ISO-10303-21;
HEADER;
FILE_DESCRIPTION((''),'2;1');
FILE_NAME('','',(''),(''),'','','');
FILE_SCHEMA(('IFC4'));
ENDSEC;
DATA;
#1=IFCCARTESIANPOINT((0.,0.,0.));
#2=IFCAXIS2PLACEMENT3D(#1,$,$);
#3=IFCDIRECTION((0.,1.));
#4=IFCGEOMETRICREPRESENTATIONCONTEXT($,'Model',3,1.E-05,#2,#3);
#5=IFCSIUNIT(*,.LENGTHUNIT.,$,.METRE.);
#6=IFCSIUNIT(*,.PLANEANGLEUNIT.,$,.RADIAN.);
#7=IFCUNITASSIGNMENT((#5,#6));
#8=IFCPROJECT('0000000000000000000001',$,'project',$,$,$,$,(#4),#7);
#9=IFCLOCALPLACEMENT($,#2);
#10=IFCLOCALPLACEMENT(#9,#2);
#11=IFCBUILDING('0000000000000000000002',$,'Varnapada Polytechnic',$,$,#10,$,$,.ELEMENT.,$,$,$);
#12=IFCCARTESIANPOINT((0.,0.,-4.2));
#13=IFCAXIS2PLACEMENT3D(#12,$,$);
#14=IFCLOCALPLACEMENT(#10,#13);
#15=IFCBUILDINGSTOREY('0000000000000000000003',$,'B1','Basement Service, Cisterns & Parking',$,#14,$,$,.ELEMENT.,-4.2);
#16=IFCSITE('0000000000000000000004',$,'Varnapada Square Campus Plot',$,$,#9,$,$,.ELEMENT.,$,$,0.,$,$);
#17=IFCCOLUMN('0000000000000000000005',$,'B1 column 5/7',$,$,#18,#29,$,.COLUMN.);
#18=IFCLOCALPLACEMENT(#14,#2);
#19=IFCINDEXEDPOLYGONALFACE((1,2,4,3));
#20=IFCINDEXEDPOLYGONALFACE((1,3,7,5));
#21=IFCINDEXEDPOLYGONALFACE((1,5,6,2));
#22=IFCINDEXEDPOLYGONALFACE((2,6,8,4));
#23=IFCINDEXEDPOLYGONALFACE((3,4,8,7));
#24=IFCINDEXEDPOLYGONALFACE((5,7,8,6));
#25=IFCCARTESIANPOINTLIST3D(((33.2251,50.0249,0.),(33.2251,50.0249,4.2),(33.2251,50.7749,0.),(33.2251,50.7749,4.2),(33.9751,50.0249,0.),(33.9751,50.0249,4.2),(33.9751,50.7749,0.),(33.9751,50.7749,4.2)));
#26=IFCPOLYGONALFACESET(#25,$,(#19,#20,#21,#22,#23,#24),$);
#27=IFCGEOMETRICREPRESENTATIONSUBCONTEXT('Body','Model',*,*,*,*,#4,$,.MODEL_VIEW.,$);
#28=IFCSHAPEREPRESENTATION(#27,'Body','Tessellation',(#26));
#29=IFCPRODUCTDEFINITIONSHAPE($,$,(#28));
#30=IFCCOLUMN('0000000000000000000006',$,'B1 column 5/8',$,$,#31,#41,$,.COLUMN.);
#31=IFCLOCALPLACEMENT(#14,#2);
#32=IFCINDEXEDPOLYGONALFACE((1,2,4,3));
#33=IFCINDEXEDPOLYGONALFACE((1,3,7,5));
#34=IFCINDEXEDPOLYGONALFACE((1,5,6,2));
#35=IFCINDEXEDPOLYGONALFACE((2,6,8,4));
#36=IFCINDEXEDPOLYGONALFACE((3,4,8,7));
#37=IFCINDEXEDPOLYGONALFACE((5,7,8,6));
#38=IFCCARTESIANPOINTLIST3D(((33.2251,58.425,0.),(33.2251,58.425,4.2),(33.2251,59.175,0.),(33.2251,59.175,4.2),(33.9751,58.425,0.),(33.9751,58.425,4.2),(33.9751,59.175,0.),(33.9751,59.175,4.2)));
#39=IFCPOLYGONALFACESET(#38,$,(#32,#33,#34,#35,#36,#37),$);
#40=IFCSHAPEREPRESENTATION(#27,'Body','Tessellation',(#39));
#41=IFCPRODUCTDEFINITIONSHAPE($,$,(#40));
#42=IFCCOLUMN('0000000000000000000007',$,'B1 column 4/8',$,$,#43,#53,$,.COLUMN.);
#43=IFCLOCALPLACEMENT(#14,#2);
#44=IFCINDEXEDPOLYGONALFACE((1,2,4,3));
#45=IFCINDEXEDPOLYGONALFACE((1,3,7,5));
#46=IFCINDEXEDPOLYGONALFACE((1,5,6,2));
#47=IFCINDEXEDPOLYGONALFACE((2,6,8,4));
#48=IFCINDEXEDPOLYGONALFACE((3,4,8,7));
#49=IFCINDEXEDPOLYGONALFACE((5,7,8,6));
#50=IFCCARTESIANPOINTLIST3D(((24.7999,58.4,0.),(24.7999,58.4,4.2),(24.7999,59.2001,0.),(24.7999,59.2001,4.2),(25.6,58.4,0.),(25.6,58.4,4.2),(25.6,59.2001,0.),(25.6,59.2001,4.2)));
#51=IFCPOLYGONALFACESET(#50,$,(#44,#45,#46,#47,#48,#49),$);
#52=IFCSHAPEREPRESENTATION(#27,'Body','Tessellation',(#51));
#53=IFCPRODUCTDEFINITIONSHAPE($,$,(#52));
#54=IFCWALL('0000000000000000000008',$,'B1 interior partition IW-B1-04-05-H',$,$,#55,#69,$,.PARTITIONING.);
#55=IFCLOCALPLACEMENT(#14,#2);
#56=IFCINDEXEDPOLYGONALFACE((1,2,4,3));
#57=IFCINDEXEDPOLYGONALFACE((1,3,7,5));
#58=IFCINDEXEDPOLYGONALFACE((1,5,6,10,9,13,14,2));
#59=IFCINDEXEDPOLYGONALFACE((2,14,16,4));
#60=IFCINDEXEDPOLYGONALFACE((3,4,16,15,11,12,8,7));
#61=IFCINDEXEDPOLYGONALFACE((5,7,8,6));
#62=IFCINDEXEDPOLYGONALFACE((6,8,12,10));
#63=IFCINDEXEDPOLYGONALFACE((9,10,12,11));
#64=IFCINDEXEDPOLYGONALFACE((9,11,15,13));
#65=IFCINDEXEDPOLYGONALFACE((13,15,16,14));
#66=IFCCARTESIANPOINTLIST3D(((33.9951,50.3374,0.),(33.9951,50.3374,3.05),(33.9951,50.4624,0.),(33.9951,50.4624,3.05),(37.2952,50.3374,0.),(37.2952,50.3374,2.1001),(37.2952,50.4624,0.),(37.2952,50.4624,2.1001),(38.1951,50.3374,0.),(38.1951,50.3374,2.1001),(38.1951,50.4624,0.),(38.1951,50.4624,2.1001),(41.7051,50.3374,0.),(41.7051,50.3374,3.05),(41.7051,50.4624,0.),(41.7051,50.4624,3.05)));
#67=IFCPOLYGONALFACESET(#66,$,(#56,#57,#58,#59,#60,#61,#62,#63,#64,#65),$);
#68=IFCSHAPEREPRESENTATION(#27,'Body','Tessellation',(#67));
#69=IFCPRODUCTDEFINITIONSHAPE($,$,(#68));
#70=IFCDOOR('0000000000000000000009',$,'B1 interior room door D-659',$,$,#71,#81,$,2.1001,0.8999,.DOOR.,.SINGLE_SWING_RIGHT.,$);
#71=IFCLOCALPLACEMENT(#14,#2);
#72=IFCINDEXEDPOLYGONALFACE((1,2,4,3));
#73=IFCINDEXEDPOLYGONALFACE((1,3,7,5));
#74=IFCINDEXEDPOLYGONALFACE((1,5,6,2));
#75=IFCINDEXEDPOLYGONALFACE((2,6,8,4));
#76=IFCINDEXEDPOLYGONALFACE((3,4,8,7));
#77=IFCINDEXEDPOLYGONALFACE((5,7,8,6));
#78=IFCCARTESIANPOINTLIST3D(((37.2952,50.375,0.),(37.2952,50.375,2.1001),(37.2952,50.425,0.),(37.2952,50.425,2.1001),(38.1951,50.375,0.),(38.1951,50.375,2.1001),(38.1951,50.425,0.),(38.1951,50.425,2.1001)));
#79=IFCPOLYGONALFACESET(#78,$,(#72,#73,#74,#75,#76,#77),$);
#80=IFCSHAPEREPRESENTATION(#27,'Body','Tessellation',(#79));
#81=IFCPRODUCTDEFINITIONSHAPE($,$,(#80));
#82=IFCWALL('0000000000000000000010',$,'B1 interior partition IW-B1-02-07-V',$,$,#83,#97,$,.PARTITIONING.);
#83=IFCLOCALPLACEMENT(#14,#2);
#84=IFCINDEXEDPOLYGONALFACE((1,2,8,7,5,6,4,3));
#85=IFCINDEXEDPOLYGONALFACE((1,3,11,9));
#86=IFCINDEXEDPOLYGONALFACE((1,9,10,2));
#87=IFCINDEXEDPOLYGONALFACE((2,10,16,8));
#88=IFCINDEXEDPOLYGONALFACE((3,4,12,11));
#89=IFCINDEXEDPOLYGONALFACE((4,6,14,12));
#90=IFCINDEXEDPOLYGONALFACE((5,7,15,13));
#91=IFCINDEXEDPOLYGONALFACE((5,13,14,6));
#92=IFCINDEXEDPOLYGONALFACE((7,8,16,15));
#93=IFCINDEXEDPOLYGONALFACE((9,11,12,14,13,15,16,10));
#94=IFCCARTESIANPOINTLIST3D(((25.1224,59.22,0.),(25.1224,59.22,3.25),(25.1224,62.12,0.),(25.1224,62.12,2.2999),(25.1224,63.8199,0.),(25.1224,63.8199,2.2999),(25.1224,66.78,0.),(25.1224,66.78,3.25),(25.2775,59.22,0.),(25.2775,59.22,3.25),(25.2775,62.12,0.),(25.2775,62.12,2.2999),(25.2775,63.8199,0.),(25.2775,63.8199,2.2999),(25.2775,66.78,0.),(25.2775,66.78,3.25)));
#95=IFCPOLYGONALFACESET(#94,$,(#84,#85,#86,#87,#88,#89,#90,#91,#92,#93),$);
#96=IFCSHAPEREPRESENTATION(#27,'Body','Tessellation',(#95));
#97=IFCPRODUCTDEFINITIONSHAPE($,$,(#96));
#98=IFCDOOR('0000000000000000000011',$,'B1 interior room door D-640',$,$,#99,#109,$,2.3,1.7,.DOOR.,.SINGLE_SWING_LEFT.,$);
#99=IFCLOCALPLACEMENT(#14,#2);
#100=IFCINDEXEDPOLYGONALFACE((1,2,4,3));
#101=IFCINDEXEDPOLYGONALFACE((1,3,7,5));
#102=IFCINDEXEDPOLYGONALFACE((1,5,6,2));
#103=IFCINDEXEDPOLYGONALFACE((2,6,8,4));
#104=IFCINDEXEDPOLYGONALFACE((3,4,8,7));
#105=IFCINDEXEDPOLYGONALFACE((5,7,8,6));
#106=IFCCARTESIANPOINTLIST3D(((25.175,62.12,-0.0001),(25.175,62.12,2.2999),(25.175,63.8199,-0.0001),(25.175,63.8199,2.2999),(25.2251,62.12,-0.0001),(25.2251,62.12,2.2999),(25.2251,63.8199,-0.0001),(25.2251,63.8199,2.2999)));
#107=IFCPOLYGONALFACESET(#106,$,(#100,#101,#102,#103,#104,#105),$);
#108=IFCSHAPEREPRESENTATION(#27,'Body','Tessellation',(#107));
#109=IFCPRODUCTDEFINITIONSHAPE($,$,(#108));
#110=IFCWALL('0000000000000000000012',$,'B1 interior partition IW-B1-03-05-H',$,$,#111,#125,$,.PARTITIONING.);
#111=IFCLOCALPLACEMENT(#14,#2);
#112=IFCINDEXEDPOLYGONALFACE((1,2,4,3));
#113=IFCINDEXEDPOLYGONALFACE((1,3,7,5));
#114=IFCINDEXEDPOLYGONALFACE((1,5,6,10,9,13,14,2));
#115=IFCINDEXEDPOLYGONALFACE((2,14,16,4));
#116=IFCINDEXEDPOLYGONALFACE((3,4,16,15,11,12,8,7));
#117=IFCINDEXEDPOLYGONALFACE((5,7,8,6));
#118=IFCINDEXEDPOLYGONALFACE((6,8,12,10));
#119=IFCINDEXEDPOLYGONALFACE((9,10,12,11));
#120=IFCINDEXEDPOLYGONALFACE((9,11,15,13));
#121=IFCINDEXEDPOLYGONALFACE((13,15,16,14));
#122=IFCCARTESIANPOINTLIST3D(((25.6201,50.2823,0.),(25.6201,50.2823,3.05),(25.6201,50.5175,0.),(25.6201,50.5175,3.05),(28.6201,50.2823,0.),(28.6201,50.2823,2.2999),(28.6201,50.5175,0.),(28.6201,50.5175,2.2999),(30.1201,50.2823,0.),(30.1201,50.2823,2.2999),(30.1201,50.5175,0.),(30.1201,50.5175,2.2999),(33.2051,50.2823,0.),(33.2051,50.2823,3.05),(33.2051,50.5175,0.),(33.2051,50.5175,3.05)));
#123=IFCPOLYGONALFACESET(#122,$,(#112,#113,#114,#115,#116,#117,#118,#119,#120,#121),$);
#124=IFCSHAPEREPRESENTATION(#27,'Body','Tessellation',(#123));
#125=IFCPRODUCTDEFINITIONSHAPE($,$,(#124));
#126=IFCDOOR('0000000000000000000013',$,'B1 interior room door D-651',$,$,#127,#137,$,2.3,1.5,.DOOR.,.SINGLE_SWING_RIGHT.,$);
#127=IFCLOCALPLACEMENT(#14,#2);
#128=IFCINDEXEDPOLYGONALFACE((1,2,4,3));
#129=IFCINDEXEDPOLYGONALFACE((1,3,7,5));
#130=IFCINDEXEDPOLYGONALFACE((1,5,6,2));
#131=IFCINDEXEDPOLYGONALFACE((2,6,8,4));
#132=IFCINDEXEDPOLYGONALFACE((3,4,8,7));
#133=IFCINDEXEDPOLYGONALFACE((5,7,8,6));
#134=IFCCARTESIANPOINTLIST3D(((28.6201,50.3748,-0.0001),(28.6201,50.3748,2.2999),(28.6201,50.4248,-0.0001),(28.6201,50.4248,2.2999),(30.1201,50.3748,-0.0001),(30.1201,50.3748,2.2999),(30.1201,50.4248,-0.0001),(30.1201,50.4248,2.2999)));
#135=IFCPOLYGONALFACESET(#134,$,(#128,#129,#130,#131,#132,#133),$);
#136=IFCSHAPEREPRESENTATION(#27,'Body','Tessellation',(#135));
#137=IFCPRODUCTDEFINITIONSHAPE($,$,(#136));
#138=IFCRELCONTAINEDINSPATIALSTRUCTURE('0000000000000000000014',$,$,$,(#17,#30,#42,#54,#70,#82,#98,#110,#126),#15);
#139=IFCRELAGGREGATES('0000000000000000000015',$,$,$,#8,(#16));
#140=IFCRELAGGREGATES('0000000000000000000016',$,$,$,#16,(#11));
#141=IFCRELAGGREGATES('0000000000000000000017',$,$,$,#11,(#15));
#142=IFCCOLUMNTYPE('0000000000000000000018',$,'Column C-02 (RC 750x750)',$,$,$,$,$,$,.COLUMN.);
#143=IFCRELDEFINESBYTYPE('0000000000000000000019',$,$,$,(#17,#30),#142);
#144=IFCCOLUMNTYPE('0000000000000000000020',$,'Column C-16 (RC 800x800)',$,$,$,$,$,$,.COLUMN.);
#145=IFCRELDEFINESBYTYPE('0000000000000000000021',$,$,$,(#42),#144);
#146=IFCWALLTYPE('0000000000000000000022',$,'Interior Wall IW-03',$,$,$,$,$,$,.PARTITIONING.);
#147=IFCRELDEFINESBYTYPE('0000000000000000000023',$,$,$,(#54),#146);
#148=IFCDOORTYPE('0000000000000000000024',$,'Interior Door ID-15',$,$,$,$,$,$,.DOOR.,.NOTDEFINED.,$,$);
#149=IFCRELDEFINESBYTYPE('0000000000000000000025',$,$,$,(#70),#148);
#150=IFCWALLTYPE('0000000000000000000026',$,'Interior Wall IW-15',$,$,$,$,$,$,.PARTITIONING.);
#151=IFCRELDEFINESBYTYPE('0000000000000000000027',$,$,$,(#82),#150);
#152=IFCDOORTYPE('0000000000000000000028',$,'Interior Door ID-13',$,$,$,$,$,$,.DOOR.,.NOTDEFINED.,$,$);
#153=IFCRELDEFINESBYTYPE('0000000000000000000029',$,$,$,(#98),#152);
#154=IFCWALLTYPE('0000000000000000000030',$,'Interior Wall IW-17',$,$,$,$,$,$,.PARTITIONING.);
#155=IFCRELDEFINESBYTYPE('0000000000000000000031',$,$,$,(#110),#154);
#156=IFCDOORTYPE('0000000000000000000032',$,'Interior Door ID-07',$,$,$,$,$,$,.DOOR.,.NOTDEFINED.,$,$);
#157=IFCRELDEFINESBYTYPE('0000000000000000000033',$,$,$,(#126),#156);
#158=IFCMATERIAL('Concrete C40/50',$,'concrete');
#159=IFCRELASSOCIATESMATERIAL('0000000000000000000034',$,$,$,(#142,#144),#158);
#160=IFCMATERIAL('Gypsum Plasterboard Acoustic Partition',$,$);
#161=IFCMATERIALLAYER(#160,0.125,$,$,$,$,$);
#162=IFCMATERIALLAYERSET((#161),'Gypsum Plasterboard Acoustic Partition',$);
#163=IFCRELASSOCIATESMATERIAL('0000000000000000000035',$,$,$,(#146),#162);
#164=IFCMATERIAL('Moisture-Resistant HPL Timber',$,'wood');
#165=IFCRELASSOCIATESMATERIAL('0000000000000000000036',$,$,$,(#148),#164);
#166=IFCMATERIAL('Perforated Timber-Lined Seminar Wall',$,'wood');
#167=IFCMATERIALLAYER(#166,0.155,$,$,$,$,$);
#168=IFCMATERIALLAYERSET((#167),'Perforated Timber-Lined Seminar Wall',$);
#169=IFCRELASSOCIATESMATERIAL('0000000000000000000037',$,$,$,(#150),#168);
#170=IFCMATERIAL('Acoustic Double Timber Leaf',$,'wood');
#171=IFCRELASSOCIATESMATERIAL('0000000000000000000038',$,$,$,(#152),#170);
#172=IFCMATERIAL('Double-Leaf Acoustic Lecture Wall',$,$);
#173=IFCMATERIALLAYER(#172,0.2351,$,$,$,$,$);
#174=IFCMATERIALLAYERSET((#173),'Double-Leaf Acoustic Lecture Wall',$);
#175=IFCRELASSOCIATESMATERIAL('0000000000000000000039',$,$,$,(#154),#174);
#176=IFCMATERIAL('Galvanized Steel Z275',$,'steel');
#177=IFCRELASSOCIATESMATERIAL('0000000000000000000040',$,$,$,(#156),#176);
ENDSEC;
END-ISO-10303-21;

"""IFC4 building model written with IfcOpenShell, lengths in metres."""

from ifc_helpers import new_model, si_unit, direction, frame, frame_2d, origin, origin_2d, place, context, subcontext, project, spatial, rectangle, extrude, material, layer, layer_set, material_profile, profile_set, type_object, element, fill, save


model = new_model("IFC4")

# Units and contexts
model_context = context("Model", 3, precision=1e-05, world=origin(), true_north=direction((0.0, 1.0)))
body_context = subcontext(model_context, "Body", "Model", "MODEL_VIEW")
ifc_project = project(units=[si_unit("LENGTHUNIT", "METRE"), si_unit("PLANEANGLEUNIT", "RADIAN")], contexts=[model_context])

# Site, building, storey
site_placement = place(None, origin())
site = spatial("IfcSite", under=ifc_project, at=site_placement, Name="Varnapada Square Campus Plot", CompositionType="ELEMENT", RefElevation=0.0)
building_placement = place(site_placement, origin())
building = spatial("IfcBuilding", under=site, at=building_placement, Name="Varnapada Polytechnic", CompositionType="ELEMENT")
storey_placement = place(building_placement, frame((0.0, 0.0, -4.2)))
storey = spatial("IfcBuildingStorey", under=building, at=storey_placement, Name="B1", Description="Basement Service, Cisterns & Parking", CompositionType="ELEMENT", Elevation=-4.2)

# Shared definitions
ifc_material_1 = material(Name="Concrete C40/50", Category="concrete")

# Columns
ifc_material_profile_1 = material_profile(ifc_material_1, rectangle(XDim=0.75, YDim=0.75, at=origin_2d()), Name="RC 750x750")
ifc_profile_set_1 = profile_set([ifc_material_profile_1], Name="Concrete C40/50")
column_type_1 = type_object("IfcColumnType", Name="Column C-02 (RC 750x750)", PredefinedType="COLUMN", material=ifc_profile_set_1)
for number, where, z_axis, x_axis, name in (
    (1, (33.6001, 50.3999, 0.0), (0.0, 0.0, 1.0), (1.0, 0.0, 0.0), "B1 column 5/7"),
    (2, (33.6001, 58.8, 0.0), (0.0, 0.0, 1.0), (1.0, 0.0, 0.0), "B1 column 5/8"),
):
    element("IfcColumn", number, at=place(storey_placement, frame(where, z_axis=z_axis, x_axis=x_axis)), inside=storey, type_object=column_type_1, Name=name, PredefinedType="COLUMN", context=body_context, shape_type="SweptSolid", body=[
        extrude(rectangle(XDim=0.75, YDim=0.75, at=origin_2d()), origin(), (0.0, 0.0, 1.0), 4.2),
    ])
ifc_material_profile_2 = material_profile(ifc_material_1, rectangle(XDim=0.8, YDim=0.8, at=origin_2d()), Name="RC 800x800")
ifc_profile_set_2 = profile_set([ifc_material_profile_2], Name="Concrete C40/50")
column_type_2 = type_object("IfcColumnType", Name="Column C-16 (RC 800x800)", PredefinedType="COLUMN", material=ifc_profile_set_2)
column_placement = place(storey_placement, frame((25.2, 58.8, 0.0), z_axis=(0.0, 0.0, 1.0), x_axis=(1.0, 0.0, 0.0)))
element("IfcColumn", 3, at=column_placement, inside=storey, type_object=column_type_2, Name="B1 column 4/8", PredefinedType="COLUMN", context=body_context, shape_type="SweptSolid", body=[
    extrude(rectangle(XDim=0.8, YDim=0.8, at=origin_2d()), origin(), (0.0, 0.0, 1.0), 4.2),
])

# Walls, openings, doors
ifc_material_2 = material(Name="Gypsum Plasterboard Acoustic Partition")
ifc_layer_1 = layer(ifc_material_2, 0.125)
ifc_layer_set_1 = layer_set([ifc_layer_1], Name="Gypsum Plasterboard Acoustic Partition")
wall_type_1 = type_object("IfcWallType", Name="Interior Wall IW-03", PredefinedType="PARTITIONING", material=ifc_layer_set_1)
wall_1_placement = place(storey_placement, frame((33.9951, 50.3999, 0.0), z_axis=(0.0, 0.0, 1.0), x_axis=(1.0, 0.0, 0.0)))
wall_1 = element("IfcWall", 4, at=wall_1_placement, inside=storey, type_object=wall_type_1, Name="B1 interior partition IW-B1-04-05-H", PredefinedType="PARTITIONING", context=body_context, shape_type="SweptSolid", body=[
    extrude(rectangle(XDim=7.71, YDim=0.125, at=frame_2d((3.855, 0.0))), origin(), (0.0, 0.0, 1.0), 3.05),
])
opening_1_placement = place(wall_1_placement, frame((3.3, 0.0, 0.0)))
opening_1 = element("IfcOpeningElement", 5, at=opening_1_placement, cuts=wall_1, PredefinedType="OPENING", context=body_context, shape_type="SweptSolid", body=[
    extrude(rectangle(XDim=0.8999, YDim=2.1001, at=frame_2d((0.45, 1.05))), frame((0.0, 0.0725, 0.0), z_axis=(0.0, -1.0, 0.0), x_axis=(1.0, 0.0, 0.0)), (0.0, 0.0, 1.0), 0.145),
])
ifc_material_3 = material(Name="Moisture-Resistant HPL Timber", Category="wood")
door_type_1 = type_object("IfcDoorType", Name="Interior Door ID-15", OperationType="NOTDEFINED", PredefinedType="DOOR", material=ifc_material_3)
door_1_placement = place(opening_1_placement, frame((0.8999, 0.0, 0.0), z_axis=(0.0, 0.0, 1.0), x_axis=(-1.0, 0.0, 0.0)))
door_1 = element("IfcDoor", 6, at=door_1_placement, inside=storey, type_object=door_type_1, Name="B1 interior room door D-659", OperationType="SINGLE_SWING_RIGHT", OverallHeight=2.1001, OverallWidth=0.8999, PredefinedType="DOOR", context=body_context, shape_type="SweptSolid", body=[
    extrude(rectangle(XDim=0.8999, YDim=2.1001, at=frame_2d((0.45, 1.05))), frame((0.0, 0.0249, 0.0), z_axis=(0.0, -1.0, 0.0), x_axis=(1.0, 0.0, 0.0)), (0.0, 0.0, 1.0), 0.05),
])
fill(opening_1, door_1)
ifc_material_4 = material(Name="Perforated Timber-Lined Seminar Wall", Category="wood")
ifc_layer_2 = layer(ifc_material_4, 0.155)
ifc_layer_set_2 = layer_set([ifc_layer_2], Name="Perforated Timber-Lined Seminar Wall")
wall_type_2 = type_object("IfcWallType", Name="Interior Wall IW-15", PredefinedType="PARTITIONING", material=ifc_layer_set_2)
wall_2_placement = place(storey_placement, frame((25.2, 59.22, 0.0), z_axis=(0.0, 0.0, 1.0), x_axis=(0.0, 1.0, 0.0)))
wall_2 = element("IfcWall", 7, at=wall_2_placement, inside=storey, type_object=wall_type_2, Name="B1 interior partition IW-B1-02-07-V", PredefinedType="PARTITIONING", context=body_context, shape_type="SweptSolid", body=[
    extrude(rectangle(XDim=7.5601, YDim=0.155, at=frame_2d((3.78, 0.0))), origin(), (0.0, 0.0, 1.0), 3.25),
])
opening_2_placement = place(wall_2_placement, frame((2.8999, 0.0, 0.0)))
opening_2 = element("IfcOpeningElement", 8, at=opening_2_placement, cuts=wall_2, PredefinedType="OPENING", context=body_context, shape_type="SweptSolid", body=[
    extrude(rectangle(XDim=1.7, YDim=2.3, at=frame_2d((0.8501, 1.1499))), frame((0.0, 0.0874, 0.0), z_axis=(0.0, -1.0, 0.0), x_axis=(1.0, 0.0, 0.0)), (0.0, 0.0, 1.0), 0.175),
])
ifc_material_5 = material(Name="Acoustic Double Timber Leaf", Category="wood")
door_type_2 = type_object("IfcDoorType", Name="Interior Door ID-13", OperationType="NOTDEFINED", PredefinedType="DOOR", material=ifc_material_5)
door_2_placement = place(opening_2_placement, origin())
door_2 = element("IfcDoor", 9, at=door_2_placement, inside=storey, type_object=door_type_2, Name="B1 interior room door D-640", OperationType="SINGLE_SWING_LEFT", OverallHeight=2.3, OverallWidth=1.7, PredefinedType="DOOR", context=body_context, shape_type="SweptSolid", body=[
    extrude(rectangle(XDim=1.7, YDim=2.3, at=frame_2d((0.8501, 1.1499))), frame((0.0, 0.0249, 0.0), z_axis=(0.0, -1.0, 0.0), x_axis=(1.0, 0.0, 0.0)), (0.0, 0.0, 1.0), 0.05),
])
fill(opening_2, door_2)
ifc_material_6 = material(Name="Double-Leaf Acoustic Lecture Wall")
ifc_layer_3 = layer(ifc_material_6, 0.2351)
ifc_layer_set_3 = layer_set([ifc_layer_3], Name="Double-Leaf Acoustic Lecture Wall")
wall_type_3 = type_object("IfcWallType", Name="Interior Wall IW-17", PredefinedType="PARTITIONING", material=ifc_layer_set_3)
wall_3_placement = place(storey_placement, frame((25.6201, 50.3999, 0.0), z_axis=(0.0, 0.0, 1.0), x_axis=(1.0, 0.0, 0.0)))
wall_3 = element("IfcWall", 10, at=wall_3_placement, inside=storey, type_object=wall_type_3, Name="B1 interior partition IW-B1-03-05-H", PredefinedType="PARTITIONING", context=body_context, shape_type="SweptSolid", body=[
    extrude(rectangle(XDim=7.585, YDim=0.2351, at=frame_2d((3.7925, 0.0))), origin(), (0.0, 0.0, 1.0), 3.05),
])
opening_3_placement = place(wall_3_placement, frame((3.0, 0.0, 0.0)))
opening_3 = element("IfcOpeningElement", 11, at=opening_3_placement, cuts=wall_3, PredefinedType="OPENING", context=body_context, shape_type="SweptSolid", body=[
    extrude(rectangle(XDim=1.5, YDim=2.3, at=frame_2d((0.75, 1.1499))), frame((0.0, 0.1274, 0.0), z_axis=(0.0, -1.0, 0.0), x_axis=(1.0, 0.0, 0.0)), (0.0, 0.0, 1.0), 0.2551),
])
ifc_material_7 = material(Name="Galvanized Steel Z275", Category="steel")
door_type_3 = type_object("IfcDoorType", Name="Interior Door ID-07", OperationType="NOTDEFINED", PredefinedType="DOOR", material=ifc_material_7)
door_3_placement = place(opening_3_placement, origin())
door_3 = element("IfcDoor", 12, at=door_3_placement, inside=storey, type_object=door_type_3, Name="B1 interior room door D-651", OperationType="SINGLE_SWING_RIGHT", OverallHeight=2.3, OverallWidth=1.5, PredefinedType="DOOR", context=body_context, shape_type="SweptSolid", body=[
    extrude(rectangle(XDim=1.5, YDim=2.3, at=frame_2d((0.75, 1.1499))), frame((0.0, 0.0249, 0.0), z_axis=(0.0, -1.0, 0.0), x_axis=(1.0, 0.0, 0.0)), (0.0, 0.0, 1.0), 0.05),
])
fill(opening_3, door_3)

save(model, "model.ifc")
